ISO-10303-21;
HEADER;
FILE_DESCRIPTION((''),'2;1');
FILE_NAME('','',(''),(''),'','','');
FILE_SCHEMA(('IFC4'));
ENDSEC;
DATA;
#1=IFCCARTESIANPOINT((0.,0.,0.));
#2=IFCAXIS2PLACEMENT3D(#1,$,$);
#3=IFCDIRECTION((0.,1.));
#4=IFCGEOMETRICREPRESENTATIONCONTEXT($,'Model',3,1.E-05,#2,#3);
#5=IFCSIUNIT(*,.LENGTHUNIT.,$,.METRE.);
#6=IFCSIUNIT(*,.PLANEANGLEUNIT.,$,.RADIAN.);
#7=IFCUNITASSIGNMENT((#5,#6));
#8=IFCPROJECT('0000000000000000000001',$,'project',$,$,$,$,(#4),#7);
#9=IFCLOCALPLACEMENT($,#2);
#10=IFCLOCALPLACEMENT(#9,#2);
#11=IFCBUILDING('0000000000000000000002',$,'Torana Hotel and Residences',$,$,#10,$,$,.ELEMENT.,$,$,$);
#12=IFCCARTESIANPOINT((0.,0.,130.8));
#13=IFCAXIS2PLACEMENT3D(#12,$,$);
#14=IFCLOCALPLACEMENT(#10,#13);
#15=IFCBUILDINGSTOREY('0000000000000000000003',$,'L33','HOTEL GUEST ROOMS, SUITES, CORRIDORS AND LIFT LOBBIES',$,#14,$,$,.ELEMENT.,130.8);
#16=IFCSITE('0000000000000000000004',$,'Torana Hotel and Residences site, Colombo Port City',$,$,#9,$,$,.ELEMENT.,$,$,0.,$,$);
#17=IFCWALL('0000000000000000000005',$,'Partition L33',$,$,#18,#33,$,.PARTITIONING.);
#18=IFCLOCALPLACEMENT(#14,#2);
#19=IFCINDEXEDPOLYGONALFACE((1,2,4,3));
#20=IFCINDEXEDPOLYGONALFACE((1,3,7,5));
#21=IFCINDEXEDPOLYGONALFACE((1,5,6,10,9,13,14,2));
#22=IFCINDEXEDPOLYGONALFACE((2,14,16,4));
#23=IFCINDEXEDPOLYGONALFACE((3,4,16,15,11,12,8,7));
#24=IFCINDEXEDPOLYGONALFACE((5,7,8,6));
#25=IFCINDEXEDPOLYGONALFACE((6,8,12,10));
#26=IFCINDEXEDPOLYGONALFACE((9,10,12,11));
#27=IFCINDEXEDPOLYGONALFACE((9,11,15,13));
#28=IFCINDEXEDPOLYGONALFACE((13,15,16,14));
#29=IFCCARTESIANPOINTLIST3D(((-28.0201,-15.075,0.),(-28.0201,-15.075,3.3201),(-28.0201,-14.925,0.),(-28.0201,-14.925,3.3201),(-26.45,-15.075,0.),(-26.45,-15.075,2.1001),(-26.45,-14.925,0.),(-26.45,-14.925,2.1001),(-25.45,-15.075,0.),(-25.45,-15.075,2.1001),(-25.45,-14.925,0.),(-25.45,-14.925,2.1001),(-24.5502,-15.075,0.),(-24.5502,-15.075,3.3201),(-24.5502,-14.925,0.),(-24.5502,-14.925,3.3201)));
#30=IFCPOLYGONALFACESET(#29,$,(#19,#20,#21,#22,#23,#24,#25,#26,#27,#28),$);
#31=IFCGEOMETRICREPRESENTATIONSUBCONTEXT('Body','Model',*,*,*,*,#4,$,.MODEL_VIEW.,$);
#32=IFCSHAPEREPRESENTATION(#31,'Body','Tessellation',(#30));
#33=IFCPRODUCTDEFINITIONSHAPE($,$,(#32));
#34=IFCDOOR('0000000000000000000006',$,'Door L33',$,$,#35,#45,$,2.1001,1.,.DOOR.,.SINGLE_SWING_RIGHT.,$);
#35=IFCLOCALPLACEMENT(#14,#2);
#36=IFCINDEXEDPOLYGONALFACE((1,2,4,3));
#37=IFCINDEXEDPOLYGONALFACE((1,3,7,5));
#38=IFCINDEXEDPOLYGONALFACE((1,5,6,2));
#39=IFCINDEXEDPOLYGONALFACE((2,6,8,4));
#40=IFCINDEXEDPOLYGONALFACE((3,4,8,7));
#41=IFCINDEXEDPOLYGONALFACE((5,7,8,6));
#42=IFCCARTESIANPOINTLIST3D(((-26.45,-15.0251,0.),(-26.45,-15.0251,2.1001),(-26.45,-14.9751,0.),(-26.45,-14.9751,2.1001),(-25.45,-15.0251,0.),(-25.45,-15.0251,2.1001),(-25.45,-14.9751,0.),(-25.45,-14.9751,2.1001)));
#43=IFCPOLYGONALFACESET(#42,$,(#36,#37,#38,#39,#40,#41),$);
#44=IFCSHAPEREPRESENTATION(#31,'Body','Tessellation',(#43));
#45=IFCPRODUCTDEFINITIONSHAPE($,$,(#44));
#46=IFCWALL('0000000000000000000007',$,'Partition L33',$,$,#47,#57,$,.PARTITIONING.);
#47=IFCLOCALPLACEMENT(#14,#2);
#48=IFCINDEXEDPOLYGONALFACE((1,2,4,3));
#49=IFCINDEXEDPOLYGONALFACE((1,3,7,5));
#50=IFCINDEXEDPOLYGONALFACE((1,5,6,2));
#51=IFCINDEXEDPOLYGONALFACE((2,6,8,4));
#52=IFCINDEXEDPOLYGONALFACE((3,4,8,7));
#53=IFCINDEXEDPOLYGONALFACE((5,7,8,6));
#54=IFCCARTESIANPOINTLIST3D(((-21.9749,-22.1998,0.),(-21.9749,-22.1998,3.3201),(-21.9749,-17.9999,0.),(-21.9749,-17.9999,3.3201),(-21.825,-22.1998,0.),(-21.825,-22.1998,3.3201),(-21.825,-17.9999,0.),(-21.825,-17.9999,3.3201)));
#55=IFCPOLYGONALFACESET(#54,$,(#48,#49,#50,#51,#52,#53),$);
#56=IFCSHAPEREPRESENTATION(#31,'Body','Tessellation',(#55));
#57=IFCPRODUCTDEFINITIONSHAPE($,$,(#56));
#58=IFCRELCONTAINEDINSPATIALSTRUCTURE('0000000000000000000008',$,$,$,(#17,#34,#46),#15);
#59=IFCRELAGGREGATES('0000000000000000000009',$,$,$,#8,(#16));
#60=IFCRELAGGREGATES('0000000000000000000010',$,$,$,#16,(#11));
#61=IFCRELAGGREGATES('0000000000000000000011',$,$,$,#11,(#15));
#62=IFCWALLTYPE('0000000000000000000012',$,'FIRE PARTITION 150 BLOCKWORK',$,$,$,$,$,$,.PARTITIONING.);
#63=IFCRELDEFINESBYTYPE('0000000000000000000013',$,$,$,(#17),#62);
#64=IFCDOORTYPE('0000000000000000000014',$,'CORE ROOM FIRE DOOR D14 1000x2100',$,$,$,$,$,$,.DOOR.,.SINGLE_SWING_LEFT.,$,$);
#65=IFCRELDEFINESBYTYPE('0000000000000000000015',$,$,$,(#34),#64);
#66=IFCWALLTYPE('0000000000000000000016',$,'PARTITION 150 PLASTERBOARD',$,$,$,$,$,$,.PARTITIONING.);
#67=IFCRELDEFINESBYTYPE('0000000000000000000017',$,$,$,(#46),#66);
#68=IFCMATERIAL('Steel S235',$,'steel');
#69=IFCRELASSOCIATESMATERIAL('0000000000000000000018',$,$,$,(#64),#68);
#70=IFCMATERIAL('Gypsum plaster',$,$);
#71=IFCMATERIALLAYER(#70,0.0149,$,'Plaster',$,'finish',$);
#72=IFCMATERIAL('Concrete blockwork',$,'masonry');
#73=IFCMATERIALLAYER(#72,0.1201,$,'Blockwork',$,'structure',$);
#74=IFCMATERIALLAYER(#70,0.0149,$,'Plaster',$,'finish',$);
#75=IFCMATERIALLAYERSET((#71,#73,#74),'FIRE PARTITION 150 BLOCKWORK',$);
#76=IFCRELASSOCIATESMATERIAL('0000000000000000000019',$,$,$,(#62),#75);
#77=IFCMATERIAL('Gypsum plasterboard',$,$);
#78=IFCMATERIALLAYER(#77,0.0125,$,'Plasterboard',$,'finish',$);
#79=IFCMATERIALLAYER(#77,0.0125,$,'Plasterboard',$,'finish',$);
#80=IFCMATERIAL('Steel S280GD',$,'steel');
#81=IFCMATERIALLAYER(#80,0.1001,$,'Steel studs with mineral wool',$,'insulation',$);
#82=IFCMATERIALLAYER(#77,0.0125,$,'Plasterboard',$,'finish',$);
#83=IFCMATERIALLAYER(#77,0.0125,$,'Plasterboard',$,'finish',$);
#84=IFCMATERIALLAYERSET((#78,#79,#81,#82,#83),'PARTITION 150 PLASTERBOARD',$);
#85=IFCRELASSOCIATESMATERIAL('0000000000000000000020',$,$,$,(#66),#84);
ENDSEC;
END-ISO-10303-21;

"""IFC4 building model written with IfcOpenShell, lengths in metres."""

from ifc_helpers import new_model, si_unit, direction, frame, frame_2d, origin, place, context, subcontext, project, spatial, rectangle, extrude, material, layer, layer_set, type_object, element, fill, save


model = new_model("IFC4")

# Units and contexts
model_context = context("Model", 3, precision=1e-05, world=origin(), true_north=direction((0.0, 1.0)))
body_context = subcontext(model_context, "Body", "Model", "MODEL_VIEW")
ifc_project = project(units=[si_unit("LENGTHUNIT", "METRE"), si_unit("PLANEANGLEUNIT", "RADIAN")], contexts=[model_context])

# Site, building, storey
site_placement = place(None, origin())
site = spatial("IfcSite", under=ifc_project, at=site_placement, Name="Torana Hotel and Residences site, Colombo Port City", CompositionType="ELEMENT", RefElevation=0.0)
building_placement = place(site_placement, origin())
building = spatial("IfcBuilding", under=site, at=building_placement, Name="Torana Hotel and Residences", CompositionType="ELEMENT")
storey_placement = place(building_placement, frame((0.0, 0.0, 130.8)))
storey = spatial("IfcBuildingStorey", under=building, at=storey_placement, Name="L33", Description="HOTEL GUEST ROOMS, SUITES, CORRIDORS AND LIFT LOBBIES", CompositionType="ELEMENT", Elevation=130.8)

# Shared definitions
ifc_material_1 = material(Name="Steel S235", Category="steel")
door_type_1 = type_object("IfcDoorType", Name="CORE ROOM FIRE DOOR D14 1000x2100", OperationType="SINGLE_SWING_LEFT", PredefinedType="DOOR", material=ifc_material_1)

# Wall, opening, door
ifc_material_2 = material(Name="Gypsum plaster")
ifc_layer_1 = layer(ifc_material_2, 0.0149, Name="Plaster", Category="finish")
ifc_material_3 = material(Name="Concrete blockwork", Category="masonry")
ifc_layer_2 = layer(ifc_material_3, 0.1201, Name="Blockwork", Category="structure")
ifc_layer_3 = layer(ifc_material_2, 0.0149, Name="Plaster", Category="finish")
ifc_layer_set_1 = layer_set([ifc_layer_1, ifc_layer_2, ifc_layer_3], Name="FIRE PARTITION 150 BLOCKWORK")
wall_type_1 = type_object("IfcWallType", Name="FIRE PARTITION 150 BLOCKWORK", PredefinedType="PARTITIONING", material=ifc_layer_set_1)
wall_1_placement = place(storey_placement, frame((-28.02, -15.0, 0.0), z_axis=(0.0, 0.0, 1.0), x_axis=(1.0, 0.0, 0.0)))
wall_1 = element("IfcWall", 1, at=wall_1_placement, inside=storey, type_object=wall_type_1, Name="Partition L33", PredefinedType="PARTITIONING", context=body_context, shape_type="SweptSolid", body=[
    extrude(rectangle(XDim=3.47, YDim=0.1499, at=frame_2d((1.7349, 0.0))), origin(), (0.0, 0.0, 1.0), 3.3201),
])
opening_1_placement = place(wall_1_placement, frame((1.5701, 0.0, 0.0)))
opening_1 = element("IfcOpeningElement", 2, at=opening_1_placement, cuts=wall_1, PredefinedType="OPENING", context=body_context, shape_type="SweptSolid", body=[
    extrude(rectangle(XDim=1.0, YDim=2.1001, at=frame_2d((0.5, 1.05))), frame((0.0, 0.085, 0.0), z_axis=(0.0, -1.0, 0.0), x_axis=(1.0, 0.0, 0.0)), (0.0, 0.0, 1.0), 0.1699),
])
door_1_placement = place(opening_1_placement, origin())
door_1 = element("IfcDoor", 3, at=door_1_placement, inside=storey, type_object=door_type_1, Name="Door L33", OperationType="SINGLE_SWING_RIGHT", OverallHeight=2.1001, OverallWidth=1.0, PredefinedType="DOOR", context=body_context, shape_type="SweptSolid", body=[
    extrude(rectangle(XDim=1.0, YDim=2.1001, at=frame_2d((0.5, 1.05))), frame((0.0, 0.0249, 0.0), z_axis=(0.0, -1.0, 0.0), x_axis=(1.0, 0.0, 0.0)), (0.0, 0.0, 1.0), 0.05),
])
fill(opening_1, door_1)

# Wall
ifc_material_4 = material(Name="Gypsum plasterboard")
ifc_layer_4 = layer(ifc_material_4, 0.0125, Name="Plasterboard", Category="finish")
ifc_layer_5 = layer(ifc_material_4, 0.0125, Name="Plasterboard", Category="finish")
ifc_material_5 = material(Name="Steel S280GD", Category="steel")
ifc_layer_6 = layer(ifc_material_5, 0.1001, Name="Steel studs with mineral wool", Category="insulation")
ifc_layer_7 = layer(ifc_material_4, 0.0125, Name="Plasterboard", Category="finish")
ifc_layer_8 = layer(ifc_material_4, 0.0125, Name="Plasterboard", Category="finish")
ifc_layer_set_2 = layer_set([ifc_layer_4, ifc_layer_5, ifc_layer_6, ifc_layer_7, ifc_layer_8], Name="PARTITION 150 PLASTERBOARD")
wall_type_2 = type_object("IfcWallType", Name="PARTITION 150 PLASTERBOARD", PredefinedType="PARTITIONING", material=ifc_layer_set_2)
wall_2_placement = place(storey_placement, frame((-21.8999, -22.2, 0.0), z_axis=(0.0, 0.0, 1.0), x_axis=(0.0, 1.0, 0.0)))
element("IfcWall", 4, at=wall_2_placement, inside=storey, type_object=wall_type_2, Name="Partition L33", PredefinedType="PARTITIONING", context=body_context, shape_type="SweptSolid", body=[
    extrude(rectangle(XDim=4.2, YDim=0.1499, at=frame_2d((2.1001, 0.0))), origin(), (0.0, 0.0, 1.0), 3.3201),
])

save(model, "model.ifc")
